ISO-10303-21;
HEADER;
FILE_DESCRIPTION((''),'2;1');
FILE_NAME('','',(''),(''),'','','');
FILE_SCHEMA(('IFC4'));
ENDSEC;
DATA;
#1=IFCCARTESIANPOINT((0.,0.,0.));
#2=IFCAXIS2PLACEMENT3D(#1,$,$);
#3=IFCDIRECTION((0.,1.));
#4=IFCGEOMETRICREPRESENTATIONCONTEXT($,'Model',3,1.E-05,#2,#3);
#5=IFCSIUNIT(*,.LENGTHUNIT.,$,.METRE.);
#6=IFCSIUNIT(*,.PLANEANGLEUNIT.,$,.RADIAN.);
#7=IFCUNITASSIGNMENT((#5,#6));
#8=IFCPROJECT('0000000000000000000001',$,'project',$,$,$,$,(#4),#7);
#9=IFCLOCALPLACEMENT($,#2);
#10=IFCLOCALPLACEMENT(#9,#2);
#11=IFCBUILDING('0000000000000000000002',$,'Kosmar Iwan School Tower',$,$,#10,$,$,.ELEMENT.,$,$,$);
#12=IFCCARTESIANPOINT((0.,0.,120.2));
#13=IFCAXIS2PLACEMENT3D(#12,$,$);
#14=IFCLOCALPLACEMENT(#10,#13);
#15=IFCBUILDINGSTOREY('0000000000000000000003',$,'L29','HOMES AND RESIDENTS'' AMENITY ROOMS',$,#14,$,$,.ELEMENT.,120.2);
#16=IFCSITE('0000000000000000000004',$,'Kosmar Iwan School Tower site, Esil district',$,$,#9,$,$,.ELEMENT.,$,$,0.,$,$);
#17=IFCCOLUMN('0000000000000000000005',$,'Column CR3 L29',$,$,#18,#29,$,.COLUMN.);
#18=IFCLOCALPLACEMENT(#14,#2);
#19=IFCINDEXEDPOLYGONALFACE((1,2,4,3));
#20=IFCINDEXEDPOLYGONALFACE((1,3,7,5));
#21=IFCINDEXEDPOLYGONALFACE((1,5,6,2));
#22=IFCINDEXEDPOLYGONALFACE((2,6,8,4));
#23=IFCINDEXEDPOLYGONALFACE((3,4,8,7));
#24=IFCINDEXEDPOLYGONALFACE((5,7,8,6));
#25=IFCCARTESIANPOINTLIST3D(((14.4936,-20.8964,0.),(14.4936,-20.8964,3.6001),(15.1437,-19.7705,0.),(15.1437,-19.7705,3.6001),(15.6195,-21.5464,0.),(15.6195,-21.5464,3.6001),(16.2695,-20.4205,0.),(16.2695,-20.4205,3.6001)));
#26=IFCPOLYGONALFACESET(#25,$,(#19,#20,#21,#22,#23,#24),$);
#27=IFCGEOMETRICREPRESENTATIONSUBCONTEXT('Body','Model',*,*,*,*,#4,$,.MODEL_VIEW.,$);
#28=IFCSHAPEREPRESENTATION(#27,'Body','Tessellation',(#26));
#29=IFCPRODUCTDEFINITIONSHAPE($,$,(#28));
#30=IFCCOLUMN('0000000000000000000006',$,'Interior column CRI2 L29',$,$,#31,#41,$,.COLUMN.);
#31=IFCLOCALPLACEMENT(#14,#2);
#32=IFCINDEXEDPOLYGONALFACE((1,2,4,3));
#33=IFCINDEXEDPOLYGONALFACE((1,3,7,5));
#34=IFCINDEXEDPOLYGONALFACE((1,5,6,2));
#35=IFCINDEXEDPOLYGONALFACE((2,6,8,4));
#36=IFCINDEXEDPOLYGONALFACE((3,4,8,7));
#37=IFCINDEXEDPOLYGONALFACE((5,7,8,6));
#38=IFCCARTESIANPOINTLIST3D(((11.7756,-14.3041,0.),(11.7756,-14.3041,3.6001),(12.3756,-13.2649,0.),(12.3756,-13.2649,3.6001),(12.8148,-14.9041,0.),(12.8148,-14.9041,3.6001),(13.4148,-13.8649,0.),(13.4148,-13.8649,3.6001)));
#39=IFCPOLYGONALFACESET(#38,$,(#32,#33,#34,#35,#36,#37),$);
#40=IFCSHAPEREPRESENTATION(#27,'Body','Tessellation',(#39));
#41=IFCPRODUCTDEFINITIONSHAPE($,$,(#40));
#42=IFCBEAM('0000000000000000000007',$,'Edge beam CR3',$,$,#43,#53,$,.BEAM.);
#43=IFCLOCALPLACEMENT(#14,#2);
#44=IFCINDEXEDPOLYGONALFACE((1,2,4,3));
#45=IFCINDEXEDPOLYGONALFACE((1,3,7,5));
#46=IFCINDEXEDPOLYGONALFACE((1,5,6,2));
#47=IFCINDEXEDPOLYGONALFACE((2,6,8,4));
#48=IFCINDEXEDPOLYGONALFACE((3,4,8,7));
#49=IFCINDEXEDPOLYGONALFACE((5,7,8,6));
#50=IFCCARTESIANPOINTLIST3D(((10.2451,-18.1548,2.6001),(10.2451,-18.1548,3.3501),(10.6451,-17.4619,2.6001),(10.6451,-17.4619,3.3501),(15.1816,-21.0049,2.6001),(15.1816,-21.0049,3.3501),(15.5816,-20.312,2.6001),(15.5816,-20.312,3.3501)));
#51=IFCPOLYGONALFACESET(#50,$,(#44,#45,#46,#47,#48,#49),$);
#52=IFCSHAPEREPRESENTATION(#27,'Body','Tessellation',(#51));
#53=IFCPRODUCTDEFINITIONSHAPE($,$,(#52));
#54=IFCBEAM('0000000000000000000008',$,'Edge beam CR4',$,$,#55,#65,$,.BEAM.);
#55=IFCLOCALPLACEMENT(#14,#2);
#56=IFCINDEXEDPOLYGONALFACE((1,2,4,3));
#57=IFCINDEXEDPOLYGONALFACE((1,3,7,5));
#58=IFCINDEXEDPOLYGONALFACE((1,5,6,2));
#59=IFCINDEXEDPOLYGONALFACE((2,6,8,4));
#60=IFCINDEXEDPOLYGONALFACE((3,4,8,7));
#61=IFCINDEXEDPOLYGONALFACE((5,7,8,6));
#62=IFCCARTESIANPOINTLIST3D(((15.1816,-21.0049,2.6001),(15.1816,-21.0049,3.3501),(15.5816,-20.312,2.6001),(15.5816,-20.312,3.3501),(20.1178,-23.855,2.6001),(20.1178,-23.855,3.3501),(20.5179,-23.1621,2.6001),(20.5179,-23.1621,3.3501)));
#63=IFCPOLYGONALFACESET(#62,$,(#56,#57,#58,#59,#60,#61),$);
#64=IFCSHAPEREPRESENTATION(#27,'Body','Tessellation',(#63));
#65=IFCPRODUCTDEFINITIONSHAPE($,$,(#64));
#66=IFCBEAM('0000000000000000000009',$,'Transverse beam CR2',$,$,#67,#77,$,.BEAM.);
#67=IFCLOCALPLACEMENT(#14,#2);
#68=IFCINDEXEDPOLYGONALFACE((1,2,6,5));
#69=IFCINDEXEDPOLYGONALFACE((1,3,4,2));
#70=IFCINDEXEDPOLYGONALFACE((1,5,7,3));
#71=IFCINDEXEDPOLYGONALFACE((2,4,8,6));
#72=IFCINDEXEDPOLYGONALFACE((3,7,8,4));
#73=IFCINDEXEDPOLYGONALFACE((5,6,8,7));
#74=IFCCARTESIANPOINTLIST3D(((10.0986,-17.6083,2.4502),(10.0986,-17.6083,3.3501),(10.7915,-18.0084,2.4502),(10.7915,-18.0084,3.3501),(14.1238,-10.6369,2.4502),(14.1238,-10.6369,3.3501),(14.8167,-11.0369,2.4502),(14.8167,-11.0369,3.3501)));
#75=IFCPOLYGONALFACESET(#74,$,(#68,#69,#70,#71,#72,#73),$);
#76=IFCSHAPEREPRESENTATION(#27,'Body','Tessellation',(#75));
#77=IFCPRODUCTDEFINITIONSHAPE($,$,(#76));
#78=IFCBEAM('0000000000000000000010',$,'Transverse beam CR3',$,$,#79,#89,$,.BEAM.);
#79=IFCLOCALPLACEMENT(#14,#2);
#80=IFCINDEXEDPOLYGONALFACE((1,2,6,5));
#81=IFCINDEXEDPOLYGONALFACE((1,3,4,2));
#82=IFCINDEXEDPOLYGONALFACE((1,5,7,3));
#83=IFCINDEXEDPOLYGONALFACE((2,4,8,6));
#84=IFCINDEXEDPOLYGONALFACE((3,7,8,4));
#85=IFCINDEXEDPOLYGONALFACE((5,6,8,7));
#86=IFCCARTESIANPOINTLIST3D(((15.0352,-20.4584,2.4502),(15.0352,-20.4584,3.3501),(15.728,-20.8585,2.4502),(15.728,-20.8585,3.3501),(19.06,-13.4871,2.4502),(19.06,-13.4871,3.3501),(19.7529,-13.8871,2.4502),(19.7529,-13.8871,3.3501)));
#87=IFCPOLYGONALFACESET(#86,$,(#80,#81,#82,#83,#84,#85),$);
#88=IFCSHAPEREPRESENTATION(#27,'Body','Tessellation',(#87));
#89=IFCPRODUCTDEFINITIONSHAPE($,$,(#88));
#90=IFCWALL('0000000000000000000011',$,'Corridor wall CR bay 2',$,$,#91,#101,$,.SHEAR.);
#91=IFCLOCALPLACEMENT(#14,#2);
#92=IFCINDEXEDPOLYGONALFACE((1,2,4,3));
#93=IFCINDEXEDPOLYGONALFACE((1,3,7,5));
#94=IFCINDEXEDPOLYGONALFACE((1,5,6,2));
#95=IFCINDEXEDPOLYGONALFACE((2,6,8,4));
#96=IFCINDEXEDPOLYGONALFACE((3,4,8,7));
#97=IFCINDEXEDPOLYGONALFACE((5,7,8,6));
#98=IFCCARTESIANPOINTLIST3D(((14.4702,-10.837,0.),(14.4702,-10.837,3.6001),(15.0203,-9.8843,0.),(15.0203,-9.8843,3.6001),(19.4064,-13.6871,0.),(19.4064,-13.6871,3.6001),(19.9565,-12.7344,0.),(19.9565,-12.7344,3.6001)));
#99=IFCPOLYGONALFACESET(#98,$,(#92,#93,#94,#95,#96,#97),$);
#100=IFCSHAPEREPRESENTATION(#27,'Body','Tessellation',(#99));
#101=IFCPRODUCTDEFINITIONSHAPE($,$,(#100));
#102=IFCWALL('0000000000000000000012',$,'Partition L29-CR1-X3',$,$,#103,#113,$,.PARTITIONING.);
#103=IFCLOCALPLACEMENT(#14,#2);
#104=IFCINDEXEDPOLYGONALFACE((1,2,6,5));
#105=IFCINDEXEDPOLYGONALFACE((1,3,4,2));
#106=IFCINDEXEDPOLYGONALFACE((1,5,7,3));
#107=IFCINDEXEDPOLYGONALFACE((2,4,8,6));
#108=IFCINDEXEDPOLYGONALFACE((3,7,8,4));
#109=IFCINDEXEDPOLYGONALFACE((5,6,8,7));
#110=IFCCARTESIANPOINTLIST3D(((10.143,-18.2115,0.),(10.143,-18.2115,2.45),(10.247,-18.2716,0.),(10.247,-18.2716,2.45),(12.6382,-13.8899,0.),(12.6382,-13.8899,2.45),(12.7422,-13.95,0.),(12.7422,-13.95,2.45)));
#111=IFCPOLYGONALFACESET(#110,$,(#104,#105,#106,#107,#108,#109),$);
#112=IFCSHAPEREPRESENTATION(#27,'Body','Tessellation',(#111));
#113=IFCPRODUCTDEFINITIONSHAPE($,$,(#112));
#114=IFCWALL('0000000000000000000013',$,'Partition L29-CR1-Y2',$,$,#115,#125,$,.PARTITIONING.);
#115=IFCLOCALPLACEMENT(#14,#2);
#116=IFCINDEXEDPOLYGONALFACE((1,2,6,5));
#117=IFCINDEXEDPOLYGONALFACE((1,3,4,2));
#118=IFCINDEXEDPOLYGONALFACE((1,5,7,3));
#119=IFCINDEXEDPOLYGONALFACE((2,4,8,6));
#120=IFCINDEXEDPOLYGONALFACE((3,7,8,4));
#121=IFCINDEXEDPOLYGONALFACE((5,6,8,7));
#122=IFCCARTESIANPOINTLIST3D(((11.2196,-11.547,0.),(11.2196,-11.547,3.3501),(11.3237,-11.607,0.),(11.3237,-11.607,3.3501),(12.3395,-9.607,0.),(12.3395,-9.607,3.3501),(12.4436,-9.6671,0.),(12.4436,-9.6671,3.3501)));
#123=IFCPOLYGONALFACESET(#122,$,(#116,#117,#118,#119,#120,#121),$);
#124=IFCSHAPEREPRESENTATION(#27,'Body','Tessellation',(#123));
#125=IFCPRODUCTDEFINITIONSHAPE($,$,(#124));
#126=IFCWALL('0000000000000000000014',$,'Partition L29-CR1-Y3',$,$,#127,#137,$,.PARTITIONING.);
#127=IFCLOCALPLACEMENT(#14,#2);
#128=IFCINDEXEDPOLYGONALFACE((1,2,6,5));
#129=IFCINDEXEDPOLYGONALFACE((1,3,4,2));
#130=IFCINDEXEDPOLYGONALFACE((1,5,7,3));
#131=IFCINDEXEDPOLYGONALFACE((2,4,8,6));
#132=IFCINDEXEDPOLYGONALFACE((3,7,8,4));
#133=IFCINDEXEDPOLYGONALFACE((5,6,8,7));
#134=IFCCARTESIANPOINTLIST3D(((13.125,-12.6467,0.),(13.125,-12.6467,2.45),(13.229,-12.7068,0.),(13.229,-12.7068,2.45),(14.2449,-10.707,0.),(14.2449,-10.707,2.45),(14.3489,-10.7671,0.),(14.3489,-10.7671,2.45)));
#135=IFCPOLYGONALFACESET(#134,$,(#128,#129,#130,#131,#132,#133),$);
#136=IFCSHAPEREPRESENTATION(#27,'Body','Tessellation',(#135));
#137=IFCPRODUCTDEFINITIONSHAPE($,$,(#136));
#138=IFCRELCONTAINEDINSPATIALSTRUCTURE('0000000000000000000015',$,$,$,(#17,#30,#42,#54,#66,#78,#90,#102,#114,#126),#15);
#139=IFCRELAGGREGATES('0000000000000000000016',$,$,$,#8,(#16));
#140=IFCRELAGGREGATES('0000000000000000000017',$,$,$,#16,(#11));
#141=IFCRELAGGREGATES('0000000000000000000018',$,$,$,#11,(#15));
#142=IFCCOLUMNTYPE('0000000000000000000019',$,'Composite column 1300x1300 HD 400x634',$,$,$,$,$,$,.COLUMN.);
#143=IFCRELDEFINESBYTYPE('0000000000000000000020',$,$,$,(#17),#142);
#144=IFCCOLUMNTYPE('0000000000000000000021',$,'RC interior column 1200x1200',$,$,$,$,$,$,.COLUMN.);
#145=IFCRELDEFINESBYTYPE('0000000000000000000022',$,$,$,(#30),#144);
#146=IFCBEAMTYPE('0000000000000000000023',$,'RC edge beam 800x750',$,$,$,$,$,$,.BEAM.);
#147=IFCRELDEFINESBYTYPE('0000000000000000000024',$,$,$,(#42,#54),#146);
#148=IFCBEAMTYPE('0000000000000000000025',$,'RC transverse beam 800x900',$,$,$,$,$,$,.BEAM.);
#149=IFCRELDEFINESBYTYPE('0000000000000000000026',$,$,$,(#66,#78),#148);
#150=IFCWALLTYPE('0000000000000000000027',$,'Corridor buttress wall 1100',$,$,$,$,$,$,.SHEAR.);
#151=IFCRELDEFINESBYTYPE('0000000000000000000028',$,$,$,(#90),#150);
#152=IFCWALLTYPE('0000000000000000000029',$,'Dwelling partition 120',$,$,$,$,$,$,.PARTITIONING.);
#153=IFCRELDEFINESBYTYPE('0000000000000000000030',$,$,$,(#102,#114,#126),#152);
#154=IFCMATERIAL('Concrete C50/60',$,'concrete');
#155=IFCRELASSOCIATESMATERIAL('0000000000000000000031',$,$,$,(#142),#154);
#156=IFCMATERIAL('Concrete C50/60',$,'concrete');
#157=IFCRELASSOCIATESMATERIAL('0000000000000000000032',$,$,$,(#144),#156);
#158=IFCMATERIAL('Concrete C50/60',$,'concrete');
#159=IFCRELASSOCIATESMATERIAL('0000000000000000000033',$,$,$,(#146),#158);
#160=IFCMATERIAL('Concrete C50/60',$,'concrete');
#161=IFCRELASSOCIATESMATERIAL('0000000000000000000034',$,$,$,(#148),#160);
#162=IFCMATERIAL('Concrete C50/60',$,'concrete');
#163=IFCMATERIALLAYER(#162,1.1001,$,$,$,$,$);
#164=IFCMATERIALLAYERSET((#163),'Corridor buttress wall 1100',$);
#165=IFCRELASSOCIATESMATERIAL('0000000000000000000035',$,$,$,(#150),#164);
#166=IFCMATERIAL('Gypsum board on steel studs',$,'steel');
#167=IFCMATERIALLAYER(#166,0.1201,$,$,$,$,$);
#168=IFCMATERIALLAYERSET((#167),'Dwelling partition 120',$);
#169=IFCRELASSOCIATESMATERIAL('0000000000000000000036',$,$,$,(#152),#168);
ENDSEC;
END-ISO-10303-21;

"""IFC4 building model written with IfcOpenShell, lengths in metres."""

from ifc_helpers import new_model, si_unit, direction, frame, frame_2d, origin, origin_2d, place, context, subcontext, project, spatial, rectangle, extrude, material, layer, layer_set, material_profile, profile_set, type_object, element, save


model = new_model("IFC4")

# Units and contexts
model_context = context("Model", 3, precision=1e-05, world=origin(), true_north=direction((0.0, 1.0)))
body_context = subcontext(model_context, "Body", "Model", "MODEL_VIEW")
ifc_project = project(units=[si_unit("LENGTHUNIT", "METRE"), si_unit("PLANEANGLEUNIT", "RADIAN")], contexts=[model_context])

# Site, building, storey
site_placement = place(None, origin())
site = spatial("IfcSite", under=ifc_project, at=site_placement, Name="Kosmar Iwan School Tower site, Esil district", CompositionType="ELEMENT", RefElevation=0.0)
building_placement = place(site_placement, origin())
building = spatial("IfcBuilding", under=site, at=building_placement, Name="Kosmar Iwan School Tower", CompositionType="ELEMENT")
storey_placement = place(building_placement, frame((0.0, 0.0, 120.2)))
storey = spatial("IfcBuildingStorey", under=building, at=storey_placement, Name="L29", Description="HOMES AND RESIDENTS' AMENITY ROOMS", CompositionType="ELEMENT", Elevation=120.2)

# Columns
ifc_material_1 = material(Name="Concrete C50/60", Category="concrete")
ifc_material_profile_1 = material_profile(ifc_material_1, rectangle(XDim=1.3, YDim=1.3, at=origin_2d()), Name="RC 1300x1300 + HD 400x634")
ifc_profile_set_1 = profile_set([ifc_material_profile_1], Name="Concrete C50/60")
column_type_1 = type_object("IfcColumnType", Name="Composite column 1300x1300 HD 400x634", PredefinedType="COLUMN", material=ifc_profile_set_1)
column_1_placement = place(storey_placement, frame((15.3816, -20.6584, 0.0), z_axis=(0.0, 0.0, 1.0), x_axis=(0.866025, -0.5, 0.0)))
element("IfcColumn", 1, at=column_1_placement, inside=storey, type_object=column_type_1, Name="Column CR3 L29", PredefinedType="COLUMN", context=body_context, shape_type="SweptSolid", body=[
    extrude(rectangle(XDim=1.3, YDim=1.3, at=origin_2d()), origin(), (0.0, 0.0, 1.0), 3.6001),
])
ifc_material_2 = material(Name="Concrete C50/60", Category="concrete")
ifc_material_profile_2 = material_profile(ifc_material_2, rectangle(XDim=1.2, YDim=1.2, at=origin_2d()), Name="RC 1200x1200")
ifc_profile_set_2 = profile_set([ifc_material_profile_2], Name="Concrete C50/60")
column_type_2 = type_object("IfcColumnType", Name="RC interior column 1200x1200", PredefinedType="COLUMN", material=ifc_profile_set_2)
column_2_placement = place(storey_placement, frame((12.5952, -14.0845, 0.0), z_axis=(0.0, 0.0, 1.0), x_axis=(0.866025, -0.5, 0.0)))
element("IfcColumn", 2, at=column_2_placement, inside=storey, type_object=column_type_2, Name="Interior column CRI2 L29", PredefinedType="COLUMN", context=body_context, shape_type="SweptSolid", body=[
    extrude(rectangle(XDim=1.2, YDim=1.2, at=origin_2d()), origin(), (0.0, 0.0, 1.0), 3.6001),
])

# Beams
ifc_material_3 = material(Name="Concrete C50/60", Category="concrete")
ifc_material_profile_3 = material_profile(ifc_material_3, rectangle(XDim=0.8, YDim=0.75, at=origin_2d()), Name="RC 800x750")
ifc_profile_set_3 = profile_set([ifc_material_profile_3], Name="Concrete C50/60")
beam_type_1 = type_object("IfcBeamType", Name="RC edge beam 800x750", PredefinedType="BEAM", material=ifc_profile_set_3)
beam_1_placement = place(storey_placement, frame((10.4451, -17.8083, 2.9751), z_axis=(0.866026, -0.499999, 0.0), x_axis=(0.499999, 0.866026, 0.0)))
element("IfcBeam", 3, at=beam_1_placement, inside=storey, type_object=beam_type_1, Name="Edge beam CR3", PredefinedType="BEAM", context=body_context, shape_type="SweptSolid", body=[
    extrude(rectangle(XDim=0.8, YDim=0.75, at=origin_2d()), origin(), (0.0, 0.0, 1.0), 5.7002),
])
beam_2_placement = place(storey_placement, frame((15.3816, -20.6584, 2.9751), z_axis=(0.866015, -0.500018, 0.0), x_axis=(0.500018, 0.866015, 0.0)))
element("IfcBeam", 4, at=beam_2_placement, inside=storey, type_object=beam_type_1, Name="Edge beam CR4", PredefinedType="BEAM", context=body_context, shape_type="SweptSolid", body=[
    extrude(rectangle(XDim=0.8, YDim=0.75, at=origin_2d()), origin(), (0.0, 0.0, 1.0), 5.7),
])
ifc_material_4 = material(Name="Concrete C50/60", Category="concrete")
ifc_material_profile_4 = material_profile(ifc_material_4, rectangle(XDim=0.8, YDim=0.8999, at=origin_2d()), Name="RC 800x900")
ifc_profile_set_4 = profile_set([ifc_material_profile_4], Name="Concrete C50/60")
beam_type_2 = type_object("IfcBeamType", Name="RC transverse beam 800x900", PredefinedType="BEAM", material=ifc_profile_set_4)
beam_3_placement = place(storey_placement, frame((10.4451, -17.8083, 2.9001), z_axis=(0.500017, 0.866015, 0.0), x_axis=(-0.866015, 0.500017, 0.0)))
element("IfcBeam", 5, at=beam_3_placement, inside=storey, type_object=beam_type_2, Name="Transverse beam CR2", PredefinedType="BEAM", context=body_context, shape_type="SweptSolid", body=[
    extrude(rectangle(XDim=0.8, YDim=0.8999, at=origin_2d()), origin(), (0.0, 0.0, 1.0), 8.05),
])
beam_4_placement = place(storey_placement, frame((15.3816, -20.6584, 2.9001), z_axis=(0.499995, 0.866029, 0.0), x_axis=(-0.866029, 0.499995, 0.0)))
element("IfcBeam", 6, at=beam_4_placement, inside=storey, type_object=beam_type_2, Name="Transverse beam CR3", PredefinedType="BEAM", context=body_context, shape_type="SweptSolid", body=[
    extrude(rectangle(XDim=0.8, YDim=0.8999, at=origin_2d()), origin(), (0.0, 0.0, 1.0), 8.0498),
])

# Walls
ifc_material_5 = material(Name="Concrete C50/60", Category="concrete")
ifc_layer_1 = layer(ifc_material_5, 1.1001)
ifc_layer_set_1 = layer_set([ifc_layer_1], Name="Corridor buttress wall 1100")
wall_type_1 = type_object("IfcWallType", Name="Corridor buttress wall 1100", PredefinedType="SHEAR", material=ifc_layer_set_1)
wall_1_placement = place(storey_placement, frame((14.7451, -10.3606, 0.0), z_axis=(0.0, 0.0, 1.0), x_axis=(0.866015, -0.500018, 0.0)))
element("IfcWall", 7, at=wall_1_placement, inside=storey, type_object=wall_type_1, Name="Corridor wall CR bay 2", PredefinedType="SHEAR", context=body_context, shape_type="SweptSolid", body=[
    extrude(rectangle(XDim=5.7, YDim=1.1001, at=frame_2d((2.8501, 0.0))), origin(), (0.0, 0.0, 1.0), 3.6001),
])
ifc_material_6 = material(Name="Gypsum board on steel studs", Category="steel")
ifc_layer_2 = layer(ifc_material_6, 0.1201)
ifc_layer_set_2 = layer_set([ifc_layer_2], Name="Dwelling partition 120")
wall_type_2 = type_object("IfcWallType", Name="Dwelling partition 120", PredefinedType="PARTITIONING", material=ifc_layer_set_2)
wall_2_placement = place(storey_placement, frame((12.6902, -13.9199, 0.0), z_axis=(0.0, 0.0, 1.0), x_axis=(-0.500012, -0.866019, 0.0)))
element("IfcWall", 8, at=wall_2_placement, inside=storey, type_object=wall_type_2, Name="Partition L29-CR1-X3", PredefinedType="PARTITIONING", context=body_context, shape_type="SweptSolid", body=[
    extrude(rectangle(XDim=4.9902, YDim=0.1201, at=frame_2d((2.4951, 0.0))), origin(), (0.0, 0.0, 1.0), 2.45),
])
wall_3_placement = place(storey_placement, frame((12.3916, -9.637, 0.0), z_axis=(0.0, 0.0, 1.0), x_axis=(-0.499949, -0.866055, 0.0)))
element("IfcWall", 9, at=wall_3_placement, inside=storey, type_object=wall_type_2, Name="Partition L29-CR1-Y2", PredefinedType="PARTITIONING", context=body_context, shape_type="SweptSolid", body=[
    extrude(rectangle(XDim=2.24, YDim=0.1201, at=frame_2d((1.1201, 0.0))), origin(), (0.0, 0.0, 1.0), 3.3501),
])
wall_4_placement = place(storey_placement, frame((14.2969, -10.7371, 0.0), z_axis=(0.0, 0.0, 1.0), x_axis=(-0.499996, -0.866028, 0.0)))
element("IfcWall", 10, at=wall_4_placement, inside=storey, type_object=wall_type_2, Name="Partition L29-CR1-Y3", PredefinedType="PARTITIONING", context=body_context, shape_type="SweptSolid", body=[
    extrude(rectangle(XDim=2.2397, YDim=0.1201, at=frame_2d((1.1199, 0.0))), origin(), (0.0, 0.0, 1.0), 2.45),
])

save(model, "model.ifc")
